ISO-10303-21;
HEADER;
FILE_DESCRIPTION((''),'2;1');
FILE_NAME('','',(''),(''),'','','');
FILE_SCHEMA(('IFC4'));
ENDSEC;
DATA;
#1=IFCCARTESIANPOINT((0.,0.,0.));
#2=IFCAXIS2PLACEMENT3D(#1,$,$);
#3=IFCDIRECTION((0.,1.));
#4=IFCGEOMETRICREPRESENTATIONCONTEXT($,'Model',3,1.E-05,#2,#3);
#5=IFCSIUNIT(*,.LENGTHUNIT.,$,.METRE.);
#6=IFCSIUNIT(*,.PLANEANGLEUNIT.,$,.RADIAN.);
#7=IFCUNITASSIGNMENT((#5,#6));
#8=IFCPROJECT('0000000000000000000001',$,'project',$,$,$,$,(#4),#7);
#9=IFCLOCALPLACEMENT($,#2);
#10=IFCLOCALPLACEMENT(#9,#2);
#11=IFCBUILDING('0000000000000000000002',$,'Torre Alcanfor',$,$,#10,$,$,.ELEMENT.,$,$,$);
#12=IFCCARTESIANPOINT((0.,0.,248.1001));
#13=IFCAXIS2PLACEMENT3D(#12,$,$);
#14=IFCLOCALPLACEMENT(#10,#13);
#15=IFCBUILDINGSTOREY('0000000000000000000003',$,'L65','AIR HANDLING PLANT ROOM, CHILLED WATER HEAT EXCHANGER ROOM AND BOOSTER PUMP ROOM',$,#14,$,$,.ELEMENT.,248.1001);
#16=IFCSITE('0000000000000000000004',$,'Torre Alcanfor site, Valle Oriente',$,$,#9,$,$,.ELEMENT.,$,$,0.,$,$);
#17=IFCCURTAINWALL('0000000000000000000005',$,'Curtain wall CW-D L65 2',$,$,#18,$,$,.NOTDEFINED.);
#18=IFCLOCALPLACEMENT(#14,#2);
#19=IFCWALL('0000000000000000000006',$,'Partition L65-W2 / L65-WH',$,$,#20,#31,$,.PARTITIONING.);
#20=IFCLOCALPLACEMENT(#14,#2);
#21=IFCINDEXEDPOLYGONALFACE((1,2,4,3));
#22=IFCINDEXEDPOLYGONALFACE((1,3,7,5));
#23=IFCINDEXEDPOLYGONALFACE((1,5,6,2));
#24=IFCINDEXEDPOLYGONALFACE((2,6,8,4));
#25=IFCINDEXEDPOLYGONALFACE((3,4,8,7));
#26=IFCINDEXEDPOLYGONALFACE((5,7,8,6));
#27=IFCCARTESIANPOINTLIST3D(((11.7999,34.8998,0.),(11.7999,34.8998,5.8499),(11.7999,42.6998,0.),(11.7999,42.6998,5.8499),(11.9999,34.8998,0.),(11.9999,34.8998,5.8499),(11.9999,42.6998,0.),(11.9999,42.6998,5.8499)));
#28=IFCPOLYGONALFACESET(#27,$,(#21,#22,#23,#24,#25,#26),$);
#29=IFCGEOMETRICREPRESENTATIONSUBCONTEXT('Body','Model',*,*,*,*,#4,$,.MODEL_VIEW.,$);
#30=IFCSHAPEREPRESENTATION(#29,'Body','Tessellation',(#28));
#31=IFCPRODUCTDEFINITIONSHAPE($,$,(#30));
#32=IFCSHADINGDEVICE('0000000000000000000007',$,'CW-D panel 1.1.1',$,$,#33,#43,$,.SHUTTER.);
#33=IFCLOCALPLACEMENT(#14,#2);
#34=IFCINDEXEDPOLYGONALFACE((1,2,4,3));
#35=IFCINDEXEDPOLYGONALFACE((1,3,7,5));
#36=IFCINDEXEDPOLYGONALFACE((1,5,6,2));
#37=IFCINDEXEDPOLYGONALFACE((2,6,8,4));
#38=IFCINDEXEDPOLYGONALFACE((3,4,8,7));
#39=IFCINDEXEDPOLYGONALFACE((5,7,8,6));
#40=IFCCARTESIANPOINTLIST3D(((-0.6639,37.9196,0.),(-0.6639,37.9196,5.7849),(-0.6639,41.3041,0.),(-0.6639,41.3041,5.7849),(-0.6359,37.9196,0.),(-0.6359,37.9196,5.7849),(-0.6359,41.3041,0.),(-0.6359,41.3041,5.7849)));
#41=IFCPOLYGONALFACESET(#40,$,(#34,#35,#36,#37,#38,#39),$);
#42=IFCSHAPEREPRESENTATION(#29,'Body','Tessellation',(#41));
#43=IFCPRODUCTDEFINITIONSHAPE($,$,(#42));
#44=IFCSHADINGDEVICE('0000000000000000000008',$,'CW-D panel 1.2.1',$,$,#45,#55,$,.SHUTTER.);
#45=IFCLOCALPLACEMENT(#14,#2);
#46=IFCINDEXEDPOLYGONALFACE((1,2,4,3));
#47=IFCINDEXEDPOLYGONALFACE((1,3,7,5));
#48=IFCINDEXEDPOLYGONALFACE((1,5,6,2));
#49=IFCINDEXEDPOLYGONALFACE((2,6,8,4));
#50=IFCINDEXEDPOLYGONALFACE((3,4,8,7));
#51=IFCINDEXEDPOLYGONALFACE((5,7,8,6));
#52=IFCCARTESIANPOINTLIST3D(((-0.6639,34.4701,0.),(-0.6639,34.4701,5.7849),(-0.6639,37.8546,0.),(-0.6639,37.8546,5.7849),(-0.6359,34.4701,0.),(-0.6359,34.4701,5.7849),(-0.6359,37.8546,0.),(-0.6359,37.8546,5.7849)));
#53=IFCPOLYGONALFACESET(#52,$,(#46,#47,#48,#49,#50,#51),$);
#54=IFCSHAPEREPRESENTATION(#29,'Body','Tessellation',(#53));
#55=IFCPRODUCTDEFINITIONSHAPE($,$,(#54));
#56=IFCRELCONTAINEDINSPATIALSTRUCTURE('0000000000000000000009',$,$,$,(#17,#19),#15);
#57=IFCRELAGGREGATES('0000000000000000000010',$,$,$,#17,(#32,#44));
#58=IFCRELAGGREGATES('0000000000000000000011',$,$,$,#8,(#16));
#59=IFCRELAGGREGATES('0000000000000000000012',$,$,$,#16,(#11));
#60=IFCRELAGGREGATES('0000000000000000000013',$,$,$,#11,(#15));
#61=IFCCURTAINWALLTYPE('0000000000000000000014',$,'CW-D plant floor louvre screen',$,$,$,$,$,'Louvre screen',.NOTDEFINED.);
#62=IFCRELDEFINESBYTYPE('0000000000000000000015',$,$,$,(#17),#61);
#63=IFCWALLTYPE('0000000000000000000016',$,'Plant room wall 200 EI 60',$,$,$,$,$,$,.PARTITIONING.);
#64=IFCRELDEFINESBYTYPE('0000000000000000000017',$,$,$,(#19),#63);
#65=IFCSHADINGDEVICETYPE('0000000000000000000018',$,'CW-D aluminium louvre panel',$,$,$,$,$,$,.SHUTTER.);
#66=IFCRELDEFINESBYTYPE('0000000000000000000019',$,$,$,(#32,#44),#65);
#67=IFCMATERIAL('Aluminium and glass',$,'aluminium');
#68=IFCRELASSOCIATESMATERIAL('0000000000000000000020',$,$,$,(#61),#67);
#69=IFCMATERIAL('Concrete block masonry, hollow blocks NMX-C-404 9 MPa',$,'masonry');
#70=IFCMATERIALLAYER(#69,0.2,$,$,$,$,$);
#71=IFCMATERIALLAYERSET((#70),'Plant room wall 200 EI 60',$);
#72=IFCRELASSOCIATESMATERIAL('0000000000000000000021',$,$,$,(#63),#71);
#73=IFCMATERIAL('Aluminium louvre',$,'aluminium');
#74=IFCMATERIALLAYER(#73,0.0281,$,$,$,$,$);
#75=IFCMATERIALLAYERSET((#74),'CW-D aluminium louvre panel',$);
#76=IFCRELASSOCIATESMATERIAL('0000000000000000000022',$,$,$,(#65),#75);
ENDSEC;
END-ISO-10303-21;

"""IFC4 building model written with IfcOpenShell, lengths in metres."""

from ifc_helpers import new_model, si_unit, direction, frame, frame_2d, origin, origin_2d, place, context, subcontext, project, spatial, rectangle, extrude, material, layer, layer_set, type_object, element, aggregate, save


model = new_model("IFC4")

# Units and contexts
model_context = context("Model", 3, precision=1e-05, world=origin(), true_north=direction((0.0, 1.0)))
body_context = subcontext(model_context, "Body", "Model", "MODEL_VIEW")
ifc_project = project(units=[si_unit("LENGTHUNIT", "METRE"), si_unit("PLANEANGLEUNIT", "RADIAN")], contexts=[model_context])

# Site, building, storey
site_placement = place(None, origin())
site = spatial("IfcSite", under=ifc_project, at=site_placement, Name="Torre Alcanfor site, Valle Oriente", CompositionType="ELEMENT", RefElevation=0.0)
building_placement = place(site_placement, origin())
building = spatial("IfcBuilding", under=site, at=building_placement, Name="Torre Alcanfor", CompositionType="ELEMENT")
storey_placement = place(building_placement, frame((0.0, 0.0, 248.1001)))
storey = spatial("IfcBuildingStorey", under=building, at=storey_placement, Name="L65", Description="AIR HANDLING PLANT ROOM, CHILLED WATER HEAT EXCHANGER ROOM AND BOOSTER PUMP ROOM", CompositionType="ELEMENT", Elevation=248.1001)

# Curtain wall
ifc_material_1 = material(Name="Aluminium and glass", Category="aluminium")
curtain_wall_type = type_object("IfcCurtainWallType", Name="CW-D plant floor louvre screen", ElementType="Louvre screen", PredefinedType="NOTDEFINED", material=ifc_material_1)
curtain_wall_placement = place(storey_placement, origin())
curtain_wall = element("IfcCurtainWall", 1, at=curtain_wall_placement, inside=storey, type_object=curtain_wall_type, Name="Curtain wall CW-D L65 2", PredefinedType="NOTDEFINED")

# Wall
ifc_material_2 = material(Name="Concrete block masonry, hollow blocks NMX-C-404 9 MPa", Category="masonry")
ifc_layer_1 = layer(ifc_material_2, 0.2)
ifc_layer_set_1 = layer_set([ifc_layer_1], Name="Plant room wall 200 EI 60")
wall_type_1 = type_object("IfcWallType", Name="Plant room wall 200 EI 60", PredefinedType="PARTITIONING", material=ifc_layer_set_1)
wall_1_placement = place(storey_placement, frame((11.8999, 34.8999, 0.0), z_axis=(0.0, 0.0, 1.0), x_axis=(0.0, 1.0, 0.0)))
element("IfcWall", 2, at=wall_1_placement, inside=storey, type_object=wall_type_1, Name="Partition L65-W2 / L65-WH", PredefinedType="PARTITIONING", context=body_context, shape_type="SweptSolid", body=[
    extrude(rectangle(XDim=7.8, YDim=0.2, at=frame_2d((3.8999, 0.0))), origin(), (0.0, 0.0, 1.0), 5.8499),
])

# Shading devices
ifc_material_3 = material(Name="Aluminium louvre", Category="aluminium")
ifc_layer_2 = layer(ifc_material_3, 0.0281)
ifc_layer_set_2 = layer_set([ifc_layer_2], Name="CW-D aluminium louvre panel")
shading_device_type = type_object("IfcShadingDeviceType", Name="CW-D aluminium louvre panel", PredefinedType="SHUTTER", material=ifc_layer_set_2)
shading_device_1_placement = place(storey_placement, frame((-0.6499, 39.6118, 0.0), z_axis=(0.0, 0.0, 1.0), x_axis=(0.0, -1.0, 0.0)))
shading_device_1 = element("IfcShadingDevice", 3, at=shading_device_1_placement, type_object=shading_device_type, Name="CW-D panel 1.1.1", PredefinedType="SHUTTER", context=body_context, shape_type="SweptSolid", body=[
    extrude(rectangle(XDim=3.3845, YDim=0.0281, at=origin_2d()), origin(), (0.0, 0.0, 1.0), 5.7849),
])
shading_device_2_placement = place(storey_placement, frame((-0.6499, 36.1624, 0.0), z_axis=(0.0, 0.0, 1.0), x_axis=(0.0, -1.0, 0.0)))
shading_device_2 = element("IfcShadingDevice", 4, at=shading_device_2_placement, type_object=shading_device_type, Name="CW-D panel 1.2.1", PredefinedType="SHUTTER", context=body_context, shape_type="SweptSolid", body=[
    extrude(rectangle(XDim=3.3845, YDim=0.0281, at=origin_2d()), origin(), (0.0, 0.0, 1.0), 5.7849),
])
aggregate(curtain_wall, [shading_device_1, shading_device_2])

save(model, "model.ifc")
